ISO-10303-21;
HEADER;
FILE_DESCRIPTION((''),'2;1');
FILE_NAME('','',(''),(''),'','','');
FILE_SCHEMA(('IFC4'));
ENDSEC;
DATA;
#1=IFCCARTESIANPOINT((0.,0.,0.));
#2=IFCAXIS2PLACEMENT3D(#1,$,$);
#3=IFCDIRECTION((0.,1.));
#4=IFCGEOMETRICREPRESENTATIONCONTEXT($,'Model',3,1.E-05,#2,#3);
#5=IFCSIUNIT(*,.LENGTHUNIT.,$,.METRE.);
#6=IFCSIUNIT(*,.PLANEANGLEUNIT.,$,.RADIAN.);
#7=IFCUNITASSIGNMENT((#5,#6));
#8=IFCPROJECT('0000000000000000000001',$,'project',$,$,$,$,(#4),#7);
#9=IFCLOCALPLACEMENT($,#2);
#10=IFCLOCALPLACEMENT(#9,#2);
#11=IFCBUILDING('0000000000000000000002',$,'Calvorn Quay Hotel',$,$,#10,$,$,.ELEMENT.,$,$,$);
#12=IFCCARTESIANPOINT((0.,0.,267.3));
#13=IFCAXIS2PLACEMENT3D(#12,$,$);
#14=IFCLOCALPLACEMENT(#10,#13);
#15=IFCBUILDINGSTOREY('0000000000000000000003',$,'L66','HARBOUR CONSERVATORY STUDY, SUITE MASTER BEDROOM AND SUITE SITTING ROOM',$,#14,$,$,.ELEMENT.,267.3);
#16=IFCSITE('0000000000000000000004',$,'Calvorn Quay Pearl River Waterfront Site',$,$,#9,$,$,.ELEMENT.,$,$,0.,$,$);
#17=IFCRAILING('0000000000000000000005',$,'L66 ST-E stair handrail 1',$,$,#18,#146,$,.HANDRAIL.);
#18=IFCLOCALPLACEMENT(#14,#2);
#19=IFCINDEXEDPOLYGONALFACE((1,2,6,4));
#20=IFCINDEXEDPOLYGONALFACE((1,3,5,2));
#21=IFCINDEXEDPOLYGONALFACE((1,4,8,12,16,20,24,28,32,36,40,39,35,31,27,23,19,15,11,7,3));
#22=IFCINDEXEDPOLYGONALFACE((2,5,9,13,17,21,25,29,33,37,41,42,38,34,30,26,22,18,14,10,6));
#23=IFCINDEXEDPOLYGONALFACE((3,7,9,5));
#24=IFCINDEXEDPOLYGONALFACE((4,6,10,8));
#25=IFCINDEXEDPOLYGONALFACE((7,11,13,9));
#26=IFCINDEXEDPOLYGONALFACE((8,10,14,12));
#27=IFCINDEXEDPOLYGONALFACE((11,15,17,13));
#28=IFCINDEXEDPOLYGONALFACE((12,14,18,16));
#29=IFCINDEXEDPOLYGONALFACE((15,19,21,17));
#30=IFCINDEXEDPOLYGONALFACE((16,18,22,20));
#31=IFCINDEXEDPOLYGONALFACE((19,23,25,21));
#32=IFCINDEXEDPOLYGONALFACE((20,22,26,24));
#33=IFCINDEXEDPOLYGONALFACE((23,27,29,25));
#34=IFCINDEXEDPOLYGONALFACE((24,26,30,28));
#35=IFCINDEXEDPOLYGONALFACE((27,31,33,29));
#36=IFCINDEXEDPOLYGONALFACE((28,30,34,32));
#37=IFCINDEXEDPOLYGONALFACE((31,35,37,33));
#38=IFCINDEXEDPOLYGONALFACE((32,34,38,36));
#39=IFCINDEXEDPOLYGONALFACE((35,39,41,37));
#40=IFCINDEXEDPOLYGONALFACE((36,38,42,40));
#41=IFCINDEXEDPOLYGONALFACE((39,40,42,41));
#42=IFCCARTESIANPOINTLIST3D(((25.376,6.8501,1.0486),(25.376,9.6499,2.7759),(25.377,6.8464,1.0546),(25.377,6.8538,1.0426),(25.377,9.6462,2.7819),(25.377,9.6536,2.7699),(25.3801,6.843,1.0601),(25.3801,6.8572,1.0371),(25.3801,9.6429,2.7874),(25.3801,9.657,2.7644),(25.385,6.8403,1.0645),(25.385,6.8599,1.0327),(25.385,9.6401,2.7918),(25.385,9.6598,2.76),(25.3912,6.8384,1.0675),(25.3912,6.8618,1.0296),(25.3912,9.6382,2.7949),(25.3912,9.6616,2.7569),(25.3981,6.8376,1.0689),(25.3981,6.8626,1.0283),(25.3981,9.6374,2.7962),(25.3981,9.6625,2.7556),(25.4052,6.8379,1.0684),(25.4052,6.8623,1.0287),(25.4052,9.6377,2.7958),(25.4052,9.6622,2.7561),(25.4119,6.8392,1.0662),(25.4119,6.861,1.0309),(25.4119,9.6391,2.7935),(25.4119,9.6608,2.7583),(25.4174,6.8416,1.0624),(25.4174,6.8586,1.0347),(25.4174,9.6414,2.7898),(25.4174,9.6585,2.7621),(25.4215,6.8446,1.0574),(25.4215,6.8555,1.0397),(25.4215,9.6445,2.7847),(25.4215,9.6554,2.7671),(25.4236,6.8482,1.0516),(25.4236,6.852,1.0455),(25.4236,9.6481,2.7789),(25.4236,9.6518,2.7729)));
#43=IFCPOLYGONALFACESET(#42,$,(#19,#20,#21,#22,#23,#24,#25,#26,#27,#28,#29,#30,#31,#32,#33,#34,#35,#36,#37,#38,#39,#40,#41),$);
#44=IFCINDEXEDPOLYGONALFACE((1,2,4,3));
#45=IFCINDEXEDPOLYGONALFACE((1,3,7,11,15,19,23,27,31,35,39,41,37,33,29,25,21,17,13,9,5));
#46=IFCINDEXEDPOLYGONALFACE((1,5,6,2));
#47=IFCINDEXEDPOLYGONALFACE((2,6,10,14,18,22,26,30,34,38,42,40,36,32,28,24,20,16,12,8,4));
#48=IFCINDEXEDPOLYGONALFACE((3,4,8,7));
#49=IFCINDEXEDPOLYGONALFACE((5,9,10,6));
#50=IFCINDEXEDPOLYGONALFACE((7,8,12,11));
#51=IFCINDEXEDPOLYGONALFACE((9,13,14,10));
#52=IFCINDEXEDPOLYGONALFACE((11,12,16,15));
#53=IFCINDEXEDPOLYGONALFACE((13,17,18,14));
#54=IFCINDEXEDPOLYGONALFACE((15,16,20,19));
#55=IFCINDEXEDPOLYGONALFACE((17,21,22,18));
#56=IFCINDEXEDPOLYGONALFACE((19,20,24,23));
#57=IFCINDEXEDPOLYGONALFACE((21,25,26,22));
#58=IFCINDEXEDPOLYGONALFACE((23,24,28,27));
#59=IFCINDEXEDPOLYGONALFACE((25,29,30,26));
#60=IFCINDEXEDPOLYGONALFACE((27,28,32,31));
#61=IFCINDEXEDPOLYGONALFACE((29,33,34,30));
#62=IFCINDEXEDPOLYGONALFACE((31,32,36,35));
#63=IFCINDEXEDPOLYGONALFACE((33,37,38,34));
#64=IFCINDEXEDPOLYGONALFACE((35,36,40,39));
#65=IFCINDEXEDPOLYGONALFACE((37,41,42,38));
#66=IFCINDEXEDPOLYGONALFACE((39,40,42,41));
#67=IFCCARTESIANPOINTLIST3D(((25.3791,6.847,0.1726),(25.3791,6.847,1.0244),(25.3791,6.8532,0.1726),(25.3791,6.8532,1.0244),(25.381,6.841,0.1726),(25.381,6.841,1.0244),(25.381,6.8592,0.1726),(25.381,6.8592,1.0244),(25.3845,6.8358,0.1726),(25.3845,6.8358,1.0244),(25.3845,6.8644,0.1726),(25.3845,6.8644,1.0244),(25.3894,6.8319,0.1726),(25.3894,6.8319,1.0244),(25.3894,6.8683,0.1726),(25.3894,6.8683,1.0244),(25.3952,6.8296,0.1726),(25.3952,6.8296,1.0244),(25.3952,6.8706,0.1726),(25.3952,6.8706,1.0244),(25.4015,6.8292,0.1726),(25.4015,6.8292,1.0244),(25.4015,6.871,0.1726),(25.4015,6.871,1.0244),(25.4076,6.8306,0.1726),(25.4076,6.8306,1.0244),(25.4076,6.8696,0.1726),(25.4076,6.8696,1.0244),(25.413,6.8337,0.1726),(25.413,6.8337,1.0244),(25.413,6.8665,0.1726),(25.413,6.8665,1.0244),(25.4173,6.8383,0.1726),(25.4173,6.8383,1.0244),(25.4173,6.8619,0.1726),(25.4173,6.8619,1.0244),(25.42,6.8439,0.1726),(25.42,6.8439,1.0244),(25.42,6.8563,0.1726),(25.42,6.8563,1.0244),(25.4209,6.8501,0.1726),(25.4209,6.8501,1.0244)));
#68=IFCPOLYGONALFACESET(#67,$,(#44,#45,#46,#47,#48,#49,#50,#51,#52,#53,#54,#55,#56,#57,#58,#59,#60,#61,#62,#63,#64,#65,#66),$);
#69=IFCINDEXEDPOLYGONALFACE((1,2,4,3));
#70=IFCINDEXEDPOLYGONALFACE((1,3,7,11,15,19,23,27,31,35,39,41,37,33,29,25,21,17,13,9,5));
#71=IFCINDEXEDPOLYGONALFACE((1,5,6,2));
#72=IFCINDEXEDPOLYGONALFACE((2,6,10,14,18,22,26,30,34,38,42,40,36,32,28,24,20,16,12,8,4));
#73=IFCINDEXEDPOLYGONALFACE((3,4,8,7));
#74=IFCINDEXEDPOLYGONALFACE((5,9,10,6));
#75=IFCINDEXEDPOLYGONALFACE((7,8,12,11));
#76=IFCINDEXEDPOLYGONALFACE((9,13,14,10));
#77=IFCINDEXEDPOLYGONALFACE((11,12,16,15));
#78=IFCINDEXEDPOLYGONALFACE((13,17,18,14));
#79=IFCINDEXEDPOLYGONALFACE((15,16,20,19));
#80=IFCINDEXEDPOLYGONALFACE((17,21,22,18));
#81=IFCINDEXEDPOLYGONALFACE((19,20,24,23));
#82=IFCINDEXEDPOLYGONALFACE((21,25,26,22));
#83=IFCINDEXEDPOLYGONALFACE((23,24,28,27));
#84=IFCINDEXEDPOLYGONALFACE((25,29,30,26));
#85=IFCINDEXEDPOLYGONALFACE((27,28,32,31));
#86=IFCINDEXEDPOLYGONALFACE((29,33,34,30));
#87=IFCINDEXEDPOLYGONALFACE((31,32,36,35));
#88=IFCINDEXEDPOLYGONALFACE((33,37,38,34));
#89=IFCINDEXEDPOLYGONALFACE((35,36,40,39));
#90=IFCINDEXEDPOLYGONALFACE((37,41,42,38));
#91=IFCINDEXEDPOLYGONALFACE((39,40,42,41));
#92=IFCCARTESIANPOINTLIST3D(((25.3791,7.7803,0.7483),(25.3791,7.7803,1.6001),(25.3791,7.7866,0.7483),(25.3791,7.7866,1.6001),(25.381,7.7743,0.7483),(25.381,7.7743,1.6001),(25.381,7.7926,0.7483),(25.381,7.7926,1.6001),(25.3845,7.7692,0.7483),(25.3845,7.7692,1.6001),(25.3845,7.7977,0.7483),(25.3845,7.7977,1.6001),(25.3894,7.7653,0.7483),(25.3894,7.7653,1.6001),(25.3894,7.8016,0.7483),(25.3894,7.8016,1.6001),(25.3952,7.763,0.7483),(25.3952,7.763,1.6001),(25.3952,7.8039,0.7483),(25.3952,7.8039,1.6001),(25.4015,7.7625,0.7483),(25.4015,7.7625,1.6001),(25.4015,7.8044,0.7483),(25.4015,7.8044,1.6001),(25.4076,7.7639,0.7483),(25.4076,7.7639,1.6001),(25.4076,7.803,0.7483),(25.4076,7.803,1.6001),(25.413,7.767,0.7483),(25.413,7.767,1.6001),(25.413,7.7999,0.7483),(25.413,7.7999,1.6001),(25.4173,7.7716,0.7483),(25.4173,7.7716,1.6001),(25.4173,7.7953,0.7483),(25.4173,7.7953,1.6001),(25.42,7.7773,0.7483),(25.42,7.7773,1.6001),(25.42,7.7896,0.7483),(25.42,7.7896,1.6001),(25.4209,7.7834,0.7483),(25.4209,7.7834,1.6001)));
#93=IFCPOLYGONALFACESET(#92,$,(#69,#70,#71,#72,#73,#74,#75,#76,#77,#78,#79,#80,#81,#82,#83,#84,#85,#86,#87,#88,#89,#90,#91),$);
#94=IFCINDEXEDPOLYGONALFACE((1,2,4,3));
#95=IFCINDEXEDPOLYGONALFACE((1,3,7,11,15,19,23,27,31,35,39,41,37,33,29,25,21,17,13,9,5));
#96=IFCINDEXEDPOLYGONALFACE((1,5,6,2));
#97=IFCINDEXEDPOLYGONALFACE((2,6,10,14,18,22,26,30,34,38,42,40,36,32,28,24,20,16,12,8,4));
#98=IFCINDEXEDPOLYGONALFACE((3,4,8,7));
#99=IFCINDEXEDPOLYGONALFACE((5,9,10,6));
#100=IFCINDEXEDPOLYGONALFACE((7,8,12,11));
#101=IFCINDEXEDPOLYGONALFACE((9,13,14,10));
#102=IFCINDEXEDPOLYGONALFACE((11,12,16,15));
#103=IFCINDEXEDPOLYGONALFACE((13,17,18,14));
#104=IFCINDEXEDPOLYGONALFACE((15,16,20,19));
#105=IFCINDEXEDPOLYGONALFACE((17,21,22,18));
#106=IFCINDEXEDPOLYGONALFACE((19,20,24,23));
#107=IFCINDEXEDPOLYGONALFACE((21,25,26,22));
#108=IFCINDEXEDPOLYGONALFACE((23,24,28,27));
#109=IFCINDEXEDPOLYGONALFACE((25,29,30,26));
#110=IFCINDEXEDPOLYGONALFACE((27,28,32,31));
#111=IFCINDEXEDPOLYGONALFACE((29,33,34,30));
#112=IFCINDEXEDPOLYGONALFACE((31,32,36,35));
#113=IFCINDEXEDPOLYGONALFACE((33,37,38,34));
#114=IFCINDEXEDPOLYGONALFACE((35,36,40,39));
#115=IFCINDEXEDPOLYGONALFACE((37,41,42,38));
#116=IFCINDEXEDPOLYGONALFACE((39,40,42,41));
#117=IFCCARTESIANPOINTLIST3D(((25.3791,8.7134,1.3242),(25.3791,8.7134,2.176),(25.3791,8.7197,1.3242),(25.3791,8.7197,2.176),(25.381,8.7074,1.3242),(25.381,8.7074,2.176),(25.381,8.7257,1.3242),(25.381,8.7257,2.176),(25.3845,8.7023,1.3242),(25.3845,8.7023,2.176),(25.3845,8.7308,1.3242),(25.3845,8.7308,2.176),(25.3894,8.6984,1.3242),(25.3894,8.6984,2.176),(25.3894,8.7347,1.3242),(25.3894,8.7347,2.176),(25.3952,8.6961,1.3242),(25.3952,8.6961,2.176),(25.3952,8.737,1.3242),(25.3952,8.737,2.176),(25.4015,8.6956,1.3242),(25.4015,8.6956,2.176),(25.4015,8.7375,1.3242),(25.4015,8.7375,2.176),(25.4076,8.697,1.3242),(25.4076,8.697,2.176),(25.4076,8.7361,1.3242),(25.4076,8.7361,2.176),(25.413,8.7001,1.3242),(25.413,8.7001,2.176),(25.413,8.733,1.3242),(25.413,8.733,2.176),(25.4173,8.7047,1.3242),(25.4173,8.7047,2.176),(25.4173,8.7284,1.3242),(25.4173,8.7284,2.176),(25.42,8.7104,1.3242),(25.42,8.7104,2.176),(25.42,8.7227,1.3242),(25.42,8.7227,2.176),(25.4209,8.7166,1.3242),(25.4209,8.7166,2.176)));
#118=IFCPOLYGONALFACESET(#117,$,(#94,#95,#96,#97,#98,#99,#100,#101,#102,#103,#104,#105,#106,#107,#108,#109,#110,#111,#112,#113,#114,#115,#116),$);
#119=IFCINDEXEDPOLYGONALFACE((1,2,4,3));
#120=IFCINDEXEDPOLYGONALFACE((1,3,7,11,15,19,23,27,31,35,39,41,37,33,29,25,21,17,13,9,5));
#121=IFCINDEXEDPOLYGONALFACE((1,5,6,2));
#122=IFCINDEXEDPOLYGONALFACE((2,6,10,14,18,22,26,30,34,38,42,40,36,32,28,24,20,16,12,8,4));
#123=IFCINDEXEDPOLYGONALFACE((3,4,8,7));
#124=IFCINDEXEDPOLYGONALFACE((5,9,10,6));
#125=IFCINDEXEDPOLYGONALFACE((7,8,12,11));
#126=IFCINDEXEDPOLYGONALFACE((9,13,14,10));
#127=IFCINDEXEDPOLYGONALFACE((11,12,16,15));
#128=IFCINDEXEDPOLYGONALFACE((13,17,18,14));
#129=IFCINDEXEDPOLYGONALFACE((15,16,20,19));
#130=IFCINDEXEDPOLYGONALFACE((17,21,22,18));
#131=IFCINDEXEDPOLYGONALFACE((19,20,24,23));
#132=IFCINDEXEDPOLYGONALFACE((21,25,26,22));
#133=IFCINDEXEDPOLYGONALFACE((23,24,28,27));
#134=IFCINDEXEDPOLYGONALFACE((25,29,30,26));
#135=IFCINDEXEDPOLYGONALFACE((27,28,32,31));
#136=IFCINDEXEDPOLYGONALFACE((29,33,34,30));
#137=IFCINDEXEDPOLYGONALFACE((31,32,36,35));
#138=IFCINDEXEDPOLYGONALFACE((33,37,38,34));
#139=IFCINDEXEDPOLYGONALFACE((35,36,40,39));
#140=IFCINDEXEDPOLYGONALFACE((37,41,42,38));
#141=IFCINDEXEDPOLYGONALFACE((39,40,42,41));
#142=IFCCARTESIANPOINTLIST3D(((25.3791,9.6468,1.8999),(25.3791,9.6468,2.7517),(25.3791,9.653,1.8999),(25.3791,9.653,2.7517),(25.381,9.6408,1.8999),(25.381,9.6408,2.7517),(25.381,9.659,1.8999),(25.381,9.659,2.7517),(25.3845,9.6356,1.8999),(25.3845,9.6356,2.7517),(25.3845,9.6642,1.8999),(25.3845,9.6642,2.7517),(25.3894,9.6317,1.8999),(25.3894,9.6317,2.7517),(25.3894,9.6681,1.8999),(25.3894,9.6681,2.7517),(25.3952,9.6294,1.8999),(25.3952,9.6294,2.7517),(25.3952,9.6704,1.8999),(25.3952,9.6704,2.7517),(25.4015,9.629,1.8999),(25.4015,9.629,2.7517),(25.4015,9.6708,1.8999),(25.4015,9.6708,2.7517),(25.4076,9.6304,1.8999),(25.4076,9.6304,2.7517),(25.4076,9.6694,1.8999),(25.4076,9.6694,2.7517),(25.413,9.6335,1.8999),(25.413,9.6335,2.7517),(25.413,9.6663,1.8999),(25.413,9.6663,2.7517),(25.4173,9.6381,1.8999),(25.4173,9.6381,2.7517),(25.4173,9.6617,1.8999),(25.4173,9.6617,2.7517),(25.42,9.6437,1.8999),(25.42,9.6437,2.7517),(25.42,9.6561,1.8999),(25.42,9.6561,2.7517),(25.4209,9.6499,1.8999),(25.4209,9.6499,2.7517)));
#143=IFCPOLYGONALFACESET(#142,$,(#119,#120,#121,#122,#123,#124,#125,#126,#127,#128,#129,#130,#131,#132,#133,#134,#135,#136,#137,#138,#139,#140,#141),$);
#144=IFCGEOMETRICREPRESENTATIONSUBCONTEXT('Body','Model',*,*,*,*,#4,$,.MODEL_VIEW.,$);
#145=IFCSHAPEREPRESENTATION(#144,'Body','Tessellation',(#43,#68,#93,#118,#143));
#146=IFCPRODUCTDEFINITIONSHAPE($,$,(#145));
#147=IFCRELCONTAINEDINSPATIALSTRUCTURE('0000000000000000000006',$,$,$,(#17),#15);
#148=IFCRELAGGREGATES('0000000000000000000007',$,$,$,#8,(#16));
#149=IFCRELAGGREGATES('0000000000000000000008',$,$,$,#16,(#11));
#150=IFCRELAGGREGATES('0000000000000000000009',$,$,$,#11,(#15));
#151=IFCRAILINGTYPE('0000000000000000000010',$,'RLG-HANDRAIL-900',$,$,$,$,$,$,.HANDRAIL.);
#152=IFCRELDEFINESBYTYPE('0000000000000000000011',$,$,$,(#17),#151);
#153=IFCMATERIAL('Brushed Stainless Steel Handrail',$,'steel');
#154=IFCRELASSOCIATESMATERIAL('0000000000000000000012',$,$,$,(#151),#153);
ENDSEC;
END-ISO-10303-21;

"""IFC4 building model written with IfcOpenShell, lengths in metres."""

from ifc_helpers import new_model, si_unit, direction, frame, origin, origin_2d, place, context, subcontext, project, spatial, circle, extrude, material, type_object, element, save


model = new_model("IFC4")

# Units and contexts
model_context = context("Model", 3, precision=1e-05, world=origin(), true_north=direction((0.0, 1.0)))
body_context = subcontext(model_context, "Body", "Model", "MODEL_VIEW")
ifc_project = project(units=[si_unit("LENGTHUNIT", "METRE"), si_unit("PLANEANGLEUNIT", "RADIAN")], contexts=[model_context])

# Site, building, storey
site_placement = place(None, origin())
site = spatial("IfcSite", under=ifc_project, at=site_placement, Name="Calvorn Quay Pearl River Waterfront Site", CompositionType="ELEMENT", RefElevation=0.0)
building_placement = place(site_placement, origin())
building = spatial("IfcBuilding", under=site, at=building_placement, Name="Calvorn Quay Hotel", CompositionType="ELEMENT")
storey_placement = place(building_placement, frame((0.0, 0.0, 267.3)))
storey = spatial("IfcBuildingStorey", under=building, at=storey_placement, Name="L66", Description="HARBOUR CONSERVATORY STUDY, SUITE MASTER BEDROOM AND SUITE SITTING ROOM", CompositionType="ELEMENT", Elevation=267.3)

# Railing
ifc_material_1 = material(Name="Brushed Stainless Steel Handrail", Category="steel")
railing_type_1 = type_object("IfcRailingType", Name="RLG-HANDRAIL-900", PredefinedType="HANDRAIL", material=ifc_material_1)
railing_1_placement = place(storey_placement, frame((25.3999, 6.8501, 0.1726)))
element("IfcRailing", 1, at=railing_1_placement, inside=storey, type_object=railing_type_1, Name="L66 ST-E stair handrail 1", PredefinedType="HANDRAIL", context=body_context, shape_type="SweptSolid", body=[
    extrude(circle(Radius=0.0239, at=origin_2d()), frame((0.0, 0.0, 0.876), z_axis=(0.0, 0.851069, 0.525054), x_axis=(-1.0, 0.0, 0.0)), (0.0, 0.0, 1.0), 3.2898),
    extrude(circle(Radius=0.021, at=origin_2d()), origin(), (0.0, 0.0, 1.0), 0.8518),
    extrude(circle(Radius=0.021, at=origin_2d()), frame((0.0, 0.9333, 0.5757)), (0.0, 0.0, 1.0), 0.8518),
    extrude(circle(Radius=0.021, at=origin_2d()), frame((0.0, 1.8665, 1.1516)), (0.0, 0.0, 1.0), 0.8518),
    extrude(circle(Radius=0.021, at=origin_2d()), frame((0.0, 2.7998, 1.7273)), (0.0, 0.0, 1.0), 0.8518),
])

save(model, "model.ifc")
